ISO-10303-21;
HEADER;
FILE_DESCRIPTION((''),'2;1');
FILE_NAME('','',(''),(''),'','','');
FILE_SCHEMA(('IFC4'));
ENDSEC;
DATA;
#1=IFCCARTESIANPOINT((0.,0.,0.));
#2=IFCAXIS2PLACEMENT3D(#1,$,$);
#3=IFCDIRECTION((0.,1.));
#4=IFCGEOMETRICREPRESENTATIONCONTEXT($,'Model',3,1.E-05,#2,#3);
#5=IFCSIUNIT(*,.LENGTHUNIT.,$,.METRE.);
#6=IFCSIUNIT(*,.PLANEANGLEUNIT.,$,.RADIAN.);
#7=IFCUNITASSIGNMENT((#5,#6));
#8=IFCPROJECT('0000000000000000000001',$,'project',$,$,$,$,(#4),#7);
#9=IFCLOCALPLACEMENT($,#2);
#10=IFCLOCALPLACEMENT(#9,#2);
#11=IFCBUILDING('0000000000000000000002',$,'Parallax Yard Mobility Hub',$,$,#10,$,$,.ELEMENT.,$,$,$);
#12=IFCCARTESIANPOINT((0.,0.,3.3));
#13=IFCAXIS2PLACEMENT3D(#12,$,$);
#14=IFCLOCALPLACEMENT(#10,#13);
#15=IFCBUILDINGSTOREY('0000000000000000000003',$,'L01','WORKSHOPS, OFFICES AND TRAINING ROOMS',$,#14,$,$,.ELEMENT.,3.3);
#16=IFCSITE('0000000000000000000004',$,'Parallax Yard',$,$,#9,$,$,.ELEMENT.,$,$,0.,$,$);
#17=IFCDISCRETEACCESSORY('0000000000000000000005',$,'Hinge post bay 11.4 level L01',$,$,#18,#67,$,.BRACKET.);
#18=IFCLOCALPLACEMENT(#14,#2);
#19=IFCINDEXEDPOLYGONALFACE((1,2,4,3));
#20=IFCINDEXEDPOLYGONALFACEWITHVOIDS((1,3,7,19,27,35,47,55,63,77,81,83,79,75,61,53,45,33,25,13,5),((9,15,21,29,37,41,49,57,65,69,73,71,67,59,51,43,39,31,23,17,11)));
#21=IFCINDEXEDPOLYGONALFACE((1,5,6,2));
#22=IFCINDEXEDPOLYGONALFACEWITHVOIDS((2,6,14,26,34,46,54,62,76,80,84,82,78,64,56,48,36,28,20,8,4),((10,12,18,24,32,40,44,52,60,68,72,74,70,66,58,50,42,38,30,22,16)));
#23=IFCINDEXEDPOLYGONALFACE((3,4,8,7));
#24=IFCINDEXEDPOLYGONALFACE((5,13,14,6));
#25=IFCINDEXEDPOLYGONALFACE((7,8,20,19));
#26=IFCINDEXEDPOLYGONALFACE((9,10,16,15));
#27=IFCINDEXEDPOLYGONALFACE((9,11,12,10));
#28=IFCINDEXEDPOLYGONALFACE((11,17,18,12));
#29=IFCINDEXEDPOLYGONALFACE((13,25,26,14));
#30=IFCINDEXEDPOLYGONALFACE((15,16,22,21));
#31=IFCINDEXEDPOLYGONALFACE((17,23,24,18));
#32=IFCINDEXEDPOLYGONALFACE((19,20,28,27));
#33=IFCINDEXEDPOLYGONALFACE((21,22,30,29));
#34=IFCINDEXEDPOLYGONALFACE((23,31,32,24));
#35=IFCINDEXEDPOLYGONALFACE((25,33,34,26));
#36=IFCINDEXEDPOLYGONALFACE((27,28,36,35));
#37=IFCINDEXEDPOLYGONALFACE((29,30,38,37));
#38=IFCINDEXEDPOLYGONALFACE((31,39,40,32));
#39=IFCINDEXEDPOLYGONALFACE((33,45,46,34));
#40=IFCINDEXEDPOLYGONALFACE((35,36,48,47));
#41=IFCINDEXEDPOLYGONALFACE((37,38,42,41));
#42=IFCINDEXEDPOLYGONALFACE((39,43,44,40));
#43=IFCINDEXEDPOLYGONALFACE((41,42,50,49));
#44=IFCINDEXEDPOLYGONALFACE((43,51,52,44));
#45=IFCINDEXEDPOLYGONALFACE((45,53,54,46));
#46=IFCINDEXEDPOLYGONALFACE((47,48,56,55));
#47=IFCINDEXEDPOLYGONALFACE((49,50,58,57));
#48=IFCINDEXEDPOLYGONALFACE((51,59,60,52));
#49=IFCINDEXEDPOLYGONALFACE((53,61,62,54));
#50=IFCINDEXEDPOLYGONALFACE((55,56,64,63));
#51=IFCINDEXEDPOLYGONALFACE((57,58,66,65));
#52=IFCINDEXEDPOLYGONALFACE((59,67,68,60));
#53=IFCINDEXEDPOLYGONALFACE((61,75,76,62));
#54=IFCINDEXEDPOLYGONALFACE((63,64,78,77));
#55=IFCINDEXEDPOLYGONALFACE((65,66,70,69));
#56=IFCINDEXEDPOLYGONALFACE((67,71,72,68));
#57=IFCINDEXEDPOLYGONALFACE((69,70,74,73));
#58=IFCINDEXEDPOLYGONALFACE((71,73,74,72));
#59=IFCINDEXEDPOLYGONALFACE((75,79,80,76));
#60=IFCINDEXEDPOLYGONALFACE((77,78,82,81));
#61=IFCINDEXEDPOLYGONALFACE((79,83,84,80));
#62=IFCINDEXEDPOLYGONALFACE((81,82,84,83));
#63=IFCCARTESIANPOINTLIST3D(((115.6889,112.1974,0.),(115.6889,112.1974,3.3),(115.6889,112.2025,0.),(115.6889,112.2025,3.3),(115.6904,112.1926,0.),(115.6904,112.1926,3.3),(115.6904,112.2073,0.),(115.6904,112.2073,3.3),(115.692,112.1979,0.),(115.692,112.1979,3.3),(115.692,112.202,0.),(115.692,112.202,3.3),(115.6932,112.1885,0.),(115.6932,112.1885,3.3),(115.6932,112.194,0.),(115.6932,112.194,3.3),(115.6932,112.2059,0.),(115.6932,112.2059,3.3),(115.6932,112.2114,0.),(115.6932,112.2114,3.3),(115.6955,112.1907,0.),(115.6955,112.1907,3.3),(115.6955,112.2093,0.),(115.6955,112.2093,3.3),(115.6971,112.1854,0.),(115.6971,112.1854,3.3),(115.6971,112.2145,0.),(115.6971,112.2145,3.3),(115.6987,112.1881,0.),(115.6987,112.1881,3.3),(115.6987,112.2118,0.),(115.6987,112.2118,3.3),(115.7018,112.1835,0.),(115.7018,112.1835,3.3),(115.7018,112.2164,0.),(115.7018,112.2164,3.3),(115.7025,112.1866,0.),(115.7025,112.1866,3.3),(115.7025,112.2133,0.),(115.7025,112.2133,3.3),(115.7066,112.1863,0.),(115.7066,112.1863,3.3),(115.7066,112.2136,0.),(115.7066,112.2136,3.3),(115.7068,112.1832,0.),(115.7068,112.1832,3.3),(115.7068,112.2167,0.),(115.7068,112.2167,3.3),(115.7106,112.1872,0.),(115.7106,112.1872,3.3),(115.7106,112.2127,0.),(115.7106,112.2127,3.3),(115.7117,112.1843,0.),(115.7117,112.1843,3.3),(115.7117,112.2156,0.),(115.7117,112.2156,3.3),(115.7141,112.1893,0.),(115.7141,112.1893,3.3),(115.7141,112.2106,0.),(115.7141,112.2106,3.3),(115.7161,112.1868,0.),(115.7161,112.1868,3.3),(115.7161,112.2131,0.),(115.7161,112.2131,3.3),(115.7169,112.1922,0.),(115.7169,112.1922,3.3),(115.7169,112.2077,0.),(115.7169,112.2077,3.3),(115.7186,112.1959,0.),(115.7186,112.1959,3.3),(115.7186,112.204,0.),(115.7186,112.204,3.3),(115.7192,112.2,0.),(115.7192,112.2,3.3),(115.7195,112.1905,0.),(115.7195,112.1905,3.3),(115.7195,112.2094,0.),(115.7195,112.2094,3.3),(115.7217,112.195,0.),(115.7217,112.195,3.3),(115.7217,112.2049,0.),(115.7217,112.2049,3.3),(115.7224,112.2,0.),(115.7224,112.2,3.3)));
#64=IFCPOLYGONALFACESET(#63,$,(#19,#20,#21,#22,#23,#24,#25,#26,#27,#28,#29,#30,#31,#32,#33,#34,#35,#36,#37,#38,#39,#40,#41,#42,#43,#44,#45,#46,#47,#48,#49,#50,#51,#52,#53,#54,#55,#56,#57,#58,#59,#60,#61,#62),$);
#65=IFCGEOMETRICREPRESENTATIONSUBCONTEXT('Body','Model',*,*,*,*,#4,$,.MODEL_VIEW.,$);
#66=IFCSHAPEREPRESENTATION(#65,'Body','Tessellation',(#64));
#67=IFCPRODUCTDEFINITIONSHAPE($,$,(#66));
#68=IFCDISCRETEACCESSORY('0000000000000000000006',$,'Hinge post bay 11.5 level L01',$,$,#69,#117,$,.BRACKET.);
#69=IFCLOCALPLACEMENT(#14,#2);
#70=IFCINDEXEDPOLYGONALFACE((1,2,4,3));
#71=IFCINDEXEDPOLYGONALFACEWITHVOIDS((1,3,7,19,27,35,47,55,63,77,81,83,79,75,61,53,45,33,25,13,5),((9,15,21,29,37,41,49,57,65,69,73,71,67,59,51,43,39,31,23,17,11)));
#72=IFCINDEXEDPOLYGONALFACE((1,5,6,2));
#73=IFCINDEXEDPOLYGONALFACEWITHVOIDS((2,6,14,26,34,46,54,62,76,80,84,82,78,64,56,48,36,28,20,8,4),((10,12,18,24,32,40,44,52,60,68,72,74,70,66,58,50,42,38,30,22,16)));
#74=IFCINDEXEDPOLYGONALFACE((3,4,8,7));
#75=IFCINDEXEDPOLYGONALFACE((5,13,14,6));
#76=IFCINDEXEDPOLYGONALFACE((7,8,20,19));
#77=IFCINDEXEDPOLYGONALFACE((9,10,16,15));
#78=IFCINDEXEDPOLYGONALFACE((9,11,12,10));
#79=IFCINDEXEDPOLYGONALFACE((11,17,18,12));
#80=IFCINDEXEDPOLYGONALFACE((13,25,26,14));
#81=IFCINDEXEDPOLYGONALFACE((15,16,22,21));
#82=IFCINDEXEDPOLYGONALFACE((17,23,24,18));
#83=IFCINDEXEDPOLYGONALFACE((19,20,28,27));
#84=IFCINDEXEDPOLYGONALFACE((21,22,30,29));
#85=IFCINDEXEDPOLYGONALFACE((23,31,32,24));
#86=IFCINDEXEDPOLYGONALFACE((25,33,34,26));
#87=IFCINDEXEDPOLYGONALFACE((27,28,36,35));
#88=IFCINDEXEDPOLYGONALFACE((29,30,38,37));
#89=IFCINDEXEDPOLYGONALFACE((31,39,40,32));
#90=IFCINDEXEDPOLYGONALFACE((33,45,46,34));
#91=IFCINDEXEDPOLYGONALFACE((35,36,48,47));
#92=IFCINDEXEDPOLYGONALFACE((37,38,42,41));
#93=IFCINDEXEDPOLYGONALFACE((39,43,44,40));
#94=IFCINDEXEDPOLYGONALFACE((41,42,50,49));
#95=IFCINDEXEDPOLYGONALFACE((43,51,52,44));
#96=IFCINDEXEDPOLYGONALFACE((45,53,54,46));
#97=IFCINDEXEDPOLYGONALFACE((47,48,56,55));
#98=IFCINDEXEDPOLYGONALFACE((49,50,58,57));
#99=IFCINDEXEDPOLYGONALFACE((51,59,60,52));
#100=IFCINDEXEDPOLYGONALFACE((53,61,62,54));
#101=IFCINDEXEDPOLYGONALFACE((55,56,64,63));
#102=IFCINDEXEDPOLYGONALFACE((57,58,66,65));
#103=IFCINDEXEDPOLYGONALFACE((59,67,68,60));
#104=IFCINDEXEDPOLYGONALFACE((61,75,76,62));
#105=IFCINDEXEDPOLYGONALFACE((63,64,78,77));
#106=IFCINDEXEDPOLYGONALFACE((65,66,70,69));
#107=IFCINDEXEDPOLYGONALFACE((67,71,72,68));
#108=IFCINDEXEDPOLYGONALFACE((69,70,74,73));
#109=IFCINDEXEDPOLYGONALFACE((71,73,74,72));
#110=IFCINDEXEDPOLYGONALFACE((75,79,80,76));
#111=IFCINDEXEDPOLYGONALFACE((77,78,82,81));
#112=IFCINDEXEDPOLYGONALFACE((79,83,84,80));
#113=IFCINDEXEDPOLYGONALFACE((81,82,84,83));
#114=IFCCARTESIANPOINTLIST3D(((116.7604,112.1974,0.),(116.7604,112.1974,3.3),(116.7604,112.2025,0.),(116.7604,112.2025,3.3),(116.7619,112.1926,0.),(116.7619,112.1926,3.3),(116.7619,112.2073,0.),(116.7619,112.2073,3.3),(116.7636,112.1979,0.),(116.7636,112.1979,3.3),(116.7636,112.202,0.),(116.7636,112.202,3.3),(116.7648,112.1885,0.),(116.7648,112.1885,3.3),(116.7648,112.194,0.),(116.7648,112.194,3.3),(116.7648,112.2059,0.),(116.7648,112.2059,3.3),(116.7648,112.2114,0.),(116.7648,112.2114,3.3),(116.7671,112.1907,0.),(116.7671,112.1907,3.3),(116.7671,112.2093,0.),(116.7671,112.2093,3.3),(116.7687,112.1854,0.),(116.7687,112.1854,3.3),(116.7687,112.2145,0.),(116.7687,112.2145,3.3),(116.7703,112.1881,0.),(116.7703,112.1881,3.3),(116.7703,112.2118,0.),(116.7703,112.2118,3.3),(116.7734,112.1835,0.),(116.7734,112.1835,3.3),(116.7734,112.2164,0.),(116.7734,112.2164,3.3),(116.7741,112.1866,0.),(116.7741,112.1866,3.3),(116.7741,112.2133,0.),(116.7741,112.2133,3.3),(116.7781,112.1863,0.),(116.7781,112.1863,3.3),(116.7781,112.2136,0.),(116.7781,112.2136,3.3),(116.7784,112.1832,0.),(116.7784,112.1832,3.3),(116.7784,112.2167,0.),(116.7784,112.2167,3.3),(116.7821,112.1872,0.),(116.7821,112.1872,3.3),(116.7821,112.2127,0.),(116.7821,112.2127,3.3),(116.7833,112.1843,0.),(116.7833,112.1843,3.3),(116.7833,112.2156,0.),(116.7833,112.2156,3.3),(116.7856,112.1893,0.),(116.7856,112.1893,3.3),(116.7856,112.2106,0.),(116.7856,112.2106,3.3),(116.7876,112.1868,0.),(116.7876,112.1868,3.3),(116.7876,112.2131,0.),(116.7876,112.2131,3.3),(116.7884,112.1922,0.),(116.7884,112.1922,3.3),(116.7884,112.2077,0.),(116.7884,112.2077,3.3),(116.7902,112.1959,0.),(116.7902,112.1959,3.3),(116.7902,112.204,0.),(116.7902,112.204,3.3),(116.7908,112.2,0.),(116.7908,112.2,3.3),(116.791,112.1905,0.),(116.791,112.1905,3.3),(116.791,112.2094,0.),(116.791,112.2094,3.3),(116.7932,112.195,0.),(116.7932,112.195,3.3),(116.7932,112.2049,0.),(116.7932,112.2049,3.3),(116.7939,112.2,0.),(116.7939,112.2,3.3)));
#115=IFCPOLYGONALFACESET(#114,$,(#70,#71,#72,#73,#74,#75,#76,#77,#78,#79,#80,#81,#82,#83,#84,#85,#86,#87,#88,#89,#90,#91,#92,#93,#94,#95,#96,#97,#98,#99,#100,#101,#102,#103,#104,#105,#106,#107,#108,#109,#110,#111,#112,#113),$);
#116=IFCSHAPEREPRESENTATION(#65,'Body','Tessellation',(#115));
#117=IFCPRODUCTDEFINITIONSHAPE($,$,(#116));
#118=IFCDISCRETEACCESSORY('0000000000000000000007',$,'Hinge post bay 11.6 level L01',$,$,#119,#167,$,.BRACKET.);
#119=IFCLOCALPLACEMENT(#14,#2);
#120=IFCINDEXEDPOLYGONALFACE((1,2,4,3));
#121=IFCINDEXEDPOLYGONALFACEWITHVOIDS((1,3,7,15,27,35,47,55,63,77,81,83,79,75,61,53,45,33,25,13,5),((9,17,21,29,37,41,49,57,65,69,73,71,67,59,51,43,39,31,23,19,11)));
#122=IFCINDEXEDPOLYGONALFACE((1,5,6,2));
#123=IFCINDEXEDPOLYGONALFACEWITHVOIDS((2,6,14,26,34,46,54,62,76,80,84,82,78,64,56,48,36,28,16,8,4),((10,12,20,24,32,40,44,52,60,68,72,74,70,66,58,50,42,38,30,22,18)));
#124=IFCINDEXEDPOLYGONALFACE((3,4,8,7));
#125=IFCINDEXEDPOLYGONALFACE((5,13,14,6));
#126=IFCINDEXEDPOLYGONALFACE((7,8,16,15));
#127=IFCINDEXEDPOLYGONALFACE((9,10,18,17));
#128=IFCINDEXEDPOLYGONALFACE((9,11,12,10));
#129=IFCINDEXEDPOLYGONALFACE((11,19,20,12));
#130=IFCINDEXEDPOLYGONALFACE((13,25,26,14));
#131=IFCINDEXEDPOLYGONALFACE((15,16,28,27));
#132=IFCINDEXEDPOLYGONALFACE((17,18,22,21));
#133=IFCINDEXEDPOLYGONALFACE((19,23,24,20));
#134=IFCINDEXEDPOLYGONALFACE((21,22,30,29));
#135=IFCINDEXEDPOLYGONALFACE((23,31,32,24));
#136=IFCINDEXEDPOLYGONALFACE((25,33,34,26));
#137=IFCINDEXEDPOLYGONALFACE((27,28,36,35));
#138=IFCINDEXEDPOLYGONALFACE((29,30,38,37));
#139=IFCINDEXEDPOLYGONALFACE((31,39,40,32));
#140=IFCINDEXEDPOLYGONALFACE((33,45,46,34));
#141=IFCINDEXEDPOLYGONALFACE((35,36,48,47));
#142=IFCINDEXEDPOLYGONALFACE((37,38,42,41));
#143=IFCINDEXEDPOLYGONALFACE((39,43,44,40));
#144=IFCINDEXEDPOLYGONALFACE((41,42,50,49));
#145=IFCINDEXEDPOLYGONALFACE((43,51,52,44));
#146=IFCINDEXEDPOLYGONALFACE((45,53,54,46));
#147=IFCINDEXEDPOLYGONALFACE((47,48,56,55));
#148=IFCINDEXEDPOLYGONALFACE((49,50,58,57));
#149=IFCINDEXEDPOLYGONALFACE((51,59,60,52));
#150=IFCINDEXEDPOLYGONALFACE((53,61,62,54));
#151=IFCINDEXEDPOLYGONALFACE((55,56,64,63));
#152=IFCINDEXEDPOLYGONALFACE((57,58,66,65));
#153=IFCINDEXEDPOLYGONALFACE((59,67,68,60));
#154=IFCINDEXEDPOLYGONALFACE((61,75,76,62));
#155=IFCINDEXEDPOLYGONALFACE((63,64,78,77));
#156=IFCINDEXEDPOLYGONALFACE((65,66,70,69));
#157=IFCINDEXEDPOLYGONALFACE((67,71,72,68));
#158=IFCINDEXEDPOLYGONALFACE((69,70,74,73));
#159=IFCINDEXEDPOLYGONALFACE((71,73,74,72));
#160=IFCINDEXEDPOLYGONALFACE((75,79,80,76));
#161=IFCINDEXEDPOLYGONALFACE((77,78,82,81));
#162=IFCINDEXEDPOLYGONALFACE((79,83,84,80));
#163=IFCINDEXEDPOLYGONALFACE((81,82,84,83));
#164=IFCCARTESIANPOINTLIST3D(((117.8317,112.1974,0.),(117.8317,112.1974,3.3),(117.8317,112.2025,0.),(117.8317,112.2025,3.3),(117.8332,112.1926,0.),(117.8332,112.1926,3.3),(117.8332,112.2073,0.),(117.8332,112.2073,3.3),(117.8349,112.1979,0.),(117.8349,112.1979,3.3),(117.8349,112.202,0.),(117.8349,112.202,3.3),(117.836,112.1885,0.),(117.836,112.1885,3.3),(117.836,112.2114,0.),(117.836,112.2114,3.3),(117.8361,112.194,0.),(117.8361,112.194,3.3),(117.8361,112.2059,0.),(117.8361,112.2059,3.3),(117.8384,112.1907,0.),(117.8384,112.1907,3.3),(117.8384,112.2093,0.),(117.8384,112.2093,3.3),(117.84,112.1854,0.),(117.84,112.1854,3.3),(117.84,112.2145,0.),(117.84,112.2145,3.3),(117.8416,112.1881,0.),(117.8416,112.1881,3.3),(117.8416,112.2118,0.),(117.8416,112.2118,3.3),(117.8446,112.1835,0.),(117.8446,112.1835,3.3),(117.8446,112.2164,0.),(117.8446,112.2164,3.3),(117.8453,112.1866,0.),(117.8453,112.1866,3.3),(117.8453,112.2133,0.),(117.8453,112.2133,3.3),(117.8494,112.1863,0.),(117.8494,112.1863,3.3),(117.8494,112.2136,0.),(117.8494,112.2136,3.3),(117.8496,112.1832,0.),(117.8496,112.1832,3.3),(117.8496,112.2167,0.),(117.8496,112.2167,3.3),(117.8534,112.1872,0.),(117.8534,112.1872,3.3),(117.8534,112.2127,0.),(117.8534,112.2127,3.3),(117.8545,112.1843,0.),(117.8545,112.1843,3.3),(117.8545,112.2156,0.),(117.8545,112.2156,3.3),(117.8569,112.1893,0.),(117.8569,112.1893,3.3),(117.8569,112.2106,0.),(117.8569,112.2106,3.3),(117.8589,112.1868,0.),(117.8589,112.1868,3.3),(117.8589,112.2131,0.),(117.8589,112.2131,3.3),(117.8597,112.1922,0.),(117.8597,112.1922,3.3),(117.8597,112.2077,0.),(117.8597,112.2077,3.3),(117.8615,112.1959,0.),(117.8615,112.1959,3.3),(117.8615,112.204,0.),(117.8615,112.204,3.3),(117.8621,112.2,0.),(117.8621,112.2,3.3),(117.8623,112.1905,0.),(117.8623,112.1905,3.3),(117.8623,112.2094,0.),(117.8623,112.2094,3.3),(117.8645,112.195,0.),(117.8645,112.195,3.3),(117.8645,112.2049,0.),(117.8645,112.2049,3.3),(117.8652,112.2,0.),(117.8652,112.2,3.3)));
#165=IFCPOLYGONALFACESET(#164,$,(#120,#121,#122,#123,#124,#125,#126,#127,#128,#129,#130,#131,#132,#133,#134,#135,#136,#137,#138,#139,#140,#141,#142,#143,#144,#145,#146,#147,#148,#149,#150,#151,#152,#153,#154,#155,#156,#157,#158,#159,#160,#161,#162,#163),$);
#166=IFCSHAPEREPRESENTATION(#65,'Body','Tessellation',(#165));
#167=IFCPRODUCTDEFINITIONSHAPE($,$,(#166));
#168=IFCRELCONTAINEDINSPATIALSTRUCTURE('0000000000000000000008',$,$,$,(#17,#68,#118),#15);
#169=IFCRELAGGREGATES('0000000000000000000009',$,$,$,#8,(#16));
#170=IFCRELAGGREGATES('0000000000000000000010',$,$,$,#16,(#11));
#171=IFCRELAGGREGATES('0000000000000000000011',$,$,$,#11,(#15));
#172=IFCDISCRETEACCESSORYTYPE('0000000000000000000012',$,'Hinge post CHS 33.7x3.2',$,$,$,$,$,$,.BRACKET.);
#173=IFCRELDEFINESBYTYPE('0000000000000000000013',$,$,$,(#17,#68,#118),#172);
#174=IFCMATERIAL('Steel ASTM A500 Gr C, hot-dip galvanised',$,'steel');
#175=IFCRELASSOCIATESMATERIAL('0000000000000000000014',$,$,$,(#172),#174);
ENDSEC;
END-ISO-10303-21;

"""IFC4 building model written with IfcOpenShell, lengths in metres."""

from ifc_helpers import new_model, si_unit, direction, frame, origin, origin_2d, place, context, subcontext, project, spatial, hollow_circle, extrude, material, material_profile, profile_set, type_object, element, save


model = new_model("IFC4")

# Units and contexts
model_context = context("Model", 3, precision=1e-05, world=origin(), true_north=direction((0.0, 1.0)))
body_context = subcontext(model_context, "Body", "Model", "MODEL_VIEW")
ifc_project = project(units=[si_unit("LENGTHUNIT", "METRE"), si_unit("PLANEANGLEUNIT", "RADIAN")], contexts=[model_context])

# Site, building, storey
site_placement = place(None, origin())
site = spatial("IfcSite", under=ifc_project, at=site_placement, Name="Parallax Yard", CompositionType="ELEMENT", RefElevation=0.0)
building_placement = place(site_placement, origin())
building = spatial("IfcBuilding", under=site, at=building_placement, Name="Parallax Yard Mobility Hub", CompositionType="ELEMENT")
storey_placement = place(building_placement, frame((0.0, 0.0, 3.3)))
storey = spatial("IfcBuildingStorey", under=building, at=storey_placement, Name="L01", Description="WORKSHOPS, OFFICES AND TRAINING ROOMS", CompositionType="ELEMENT", Elevation=3.3)

# Discrete accessories
ifc_material_1 = material(Name="Steel ASTM A500 Gr C, hot-dip galvanised", Category="steel")
ifc_material_profile_1 = material_profile(ifc_material_1, hollow_circle(Radius=0.0168, WallThickness=0.0032, at=origin_2d()), Name="CHS 33.7x3.2")
ifc_profile_set_1 = profile_set([ifc_material_profile_1], Name="Steel ASTM A500 Gr C, hot-dip galvanised")
discrete_accessory_type_1 = type_object("IfcDiscreteAccessoryType", Name="Hinge post CHS 33.7x3.2", PredefinedType="BRACKET", material=ifc_profile_set_1)
for number, where, z_axis, x_axis, name in (
    (1, (115.7056, 112.2, 0.0), (0.0, 0.0, 1.0), (1.0, 0.0, 0.0), "Hinge post bay 11.4 level L01"),
    (2, (116.7771, 112.2, 0.0), (0.0, 0.0, 1.0), (1.0, 0.0, 0.0), "Hinge post bay 11.5 level L01"),
    (3, (117.8484, 112.2, 0.0), (0.0, 0.0, 1.0), (1.0, 0.0, 0.0), "Hinge post bay 11.6 level L01"),
):
    element("IfcDiscreteAccessory", number, at=place(storey_placement, frame(where, z_axis=z_axis, x_axis=x_axis)), inside=storey, type_object=discrete_accessory_type_1, Name=name, PredefinedType="BRACKET", context=body_context, shape_type="SweptSolid", body=[
        extrude(hollow_circle(Radius=0.0168, WallThickness=0.0032, at=origin_2d()), origin(), (0.0, 0.0, 1.0), 3.3),
    ])

save(model, "model.ifc")
